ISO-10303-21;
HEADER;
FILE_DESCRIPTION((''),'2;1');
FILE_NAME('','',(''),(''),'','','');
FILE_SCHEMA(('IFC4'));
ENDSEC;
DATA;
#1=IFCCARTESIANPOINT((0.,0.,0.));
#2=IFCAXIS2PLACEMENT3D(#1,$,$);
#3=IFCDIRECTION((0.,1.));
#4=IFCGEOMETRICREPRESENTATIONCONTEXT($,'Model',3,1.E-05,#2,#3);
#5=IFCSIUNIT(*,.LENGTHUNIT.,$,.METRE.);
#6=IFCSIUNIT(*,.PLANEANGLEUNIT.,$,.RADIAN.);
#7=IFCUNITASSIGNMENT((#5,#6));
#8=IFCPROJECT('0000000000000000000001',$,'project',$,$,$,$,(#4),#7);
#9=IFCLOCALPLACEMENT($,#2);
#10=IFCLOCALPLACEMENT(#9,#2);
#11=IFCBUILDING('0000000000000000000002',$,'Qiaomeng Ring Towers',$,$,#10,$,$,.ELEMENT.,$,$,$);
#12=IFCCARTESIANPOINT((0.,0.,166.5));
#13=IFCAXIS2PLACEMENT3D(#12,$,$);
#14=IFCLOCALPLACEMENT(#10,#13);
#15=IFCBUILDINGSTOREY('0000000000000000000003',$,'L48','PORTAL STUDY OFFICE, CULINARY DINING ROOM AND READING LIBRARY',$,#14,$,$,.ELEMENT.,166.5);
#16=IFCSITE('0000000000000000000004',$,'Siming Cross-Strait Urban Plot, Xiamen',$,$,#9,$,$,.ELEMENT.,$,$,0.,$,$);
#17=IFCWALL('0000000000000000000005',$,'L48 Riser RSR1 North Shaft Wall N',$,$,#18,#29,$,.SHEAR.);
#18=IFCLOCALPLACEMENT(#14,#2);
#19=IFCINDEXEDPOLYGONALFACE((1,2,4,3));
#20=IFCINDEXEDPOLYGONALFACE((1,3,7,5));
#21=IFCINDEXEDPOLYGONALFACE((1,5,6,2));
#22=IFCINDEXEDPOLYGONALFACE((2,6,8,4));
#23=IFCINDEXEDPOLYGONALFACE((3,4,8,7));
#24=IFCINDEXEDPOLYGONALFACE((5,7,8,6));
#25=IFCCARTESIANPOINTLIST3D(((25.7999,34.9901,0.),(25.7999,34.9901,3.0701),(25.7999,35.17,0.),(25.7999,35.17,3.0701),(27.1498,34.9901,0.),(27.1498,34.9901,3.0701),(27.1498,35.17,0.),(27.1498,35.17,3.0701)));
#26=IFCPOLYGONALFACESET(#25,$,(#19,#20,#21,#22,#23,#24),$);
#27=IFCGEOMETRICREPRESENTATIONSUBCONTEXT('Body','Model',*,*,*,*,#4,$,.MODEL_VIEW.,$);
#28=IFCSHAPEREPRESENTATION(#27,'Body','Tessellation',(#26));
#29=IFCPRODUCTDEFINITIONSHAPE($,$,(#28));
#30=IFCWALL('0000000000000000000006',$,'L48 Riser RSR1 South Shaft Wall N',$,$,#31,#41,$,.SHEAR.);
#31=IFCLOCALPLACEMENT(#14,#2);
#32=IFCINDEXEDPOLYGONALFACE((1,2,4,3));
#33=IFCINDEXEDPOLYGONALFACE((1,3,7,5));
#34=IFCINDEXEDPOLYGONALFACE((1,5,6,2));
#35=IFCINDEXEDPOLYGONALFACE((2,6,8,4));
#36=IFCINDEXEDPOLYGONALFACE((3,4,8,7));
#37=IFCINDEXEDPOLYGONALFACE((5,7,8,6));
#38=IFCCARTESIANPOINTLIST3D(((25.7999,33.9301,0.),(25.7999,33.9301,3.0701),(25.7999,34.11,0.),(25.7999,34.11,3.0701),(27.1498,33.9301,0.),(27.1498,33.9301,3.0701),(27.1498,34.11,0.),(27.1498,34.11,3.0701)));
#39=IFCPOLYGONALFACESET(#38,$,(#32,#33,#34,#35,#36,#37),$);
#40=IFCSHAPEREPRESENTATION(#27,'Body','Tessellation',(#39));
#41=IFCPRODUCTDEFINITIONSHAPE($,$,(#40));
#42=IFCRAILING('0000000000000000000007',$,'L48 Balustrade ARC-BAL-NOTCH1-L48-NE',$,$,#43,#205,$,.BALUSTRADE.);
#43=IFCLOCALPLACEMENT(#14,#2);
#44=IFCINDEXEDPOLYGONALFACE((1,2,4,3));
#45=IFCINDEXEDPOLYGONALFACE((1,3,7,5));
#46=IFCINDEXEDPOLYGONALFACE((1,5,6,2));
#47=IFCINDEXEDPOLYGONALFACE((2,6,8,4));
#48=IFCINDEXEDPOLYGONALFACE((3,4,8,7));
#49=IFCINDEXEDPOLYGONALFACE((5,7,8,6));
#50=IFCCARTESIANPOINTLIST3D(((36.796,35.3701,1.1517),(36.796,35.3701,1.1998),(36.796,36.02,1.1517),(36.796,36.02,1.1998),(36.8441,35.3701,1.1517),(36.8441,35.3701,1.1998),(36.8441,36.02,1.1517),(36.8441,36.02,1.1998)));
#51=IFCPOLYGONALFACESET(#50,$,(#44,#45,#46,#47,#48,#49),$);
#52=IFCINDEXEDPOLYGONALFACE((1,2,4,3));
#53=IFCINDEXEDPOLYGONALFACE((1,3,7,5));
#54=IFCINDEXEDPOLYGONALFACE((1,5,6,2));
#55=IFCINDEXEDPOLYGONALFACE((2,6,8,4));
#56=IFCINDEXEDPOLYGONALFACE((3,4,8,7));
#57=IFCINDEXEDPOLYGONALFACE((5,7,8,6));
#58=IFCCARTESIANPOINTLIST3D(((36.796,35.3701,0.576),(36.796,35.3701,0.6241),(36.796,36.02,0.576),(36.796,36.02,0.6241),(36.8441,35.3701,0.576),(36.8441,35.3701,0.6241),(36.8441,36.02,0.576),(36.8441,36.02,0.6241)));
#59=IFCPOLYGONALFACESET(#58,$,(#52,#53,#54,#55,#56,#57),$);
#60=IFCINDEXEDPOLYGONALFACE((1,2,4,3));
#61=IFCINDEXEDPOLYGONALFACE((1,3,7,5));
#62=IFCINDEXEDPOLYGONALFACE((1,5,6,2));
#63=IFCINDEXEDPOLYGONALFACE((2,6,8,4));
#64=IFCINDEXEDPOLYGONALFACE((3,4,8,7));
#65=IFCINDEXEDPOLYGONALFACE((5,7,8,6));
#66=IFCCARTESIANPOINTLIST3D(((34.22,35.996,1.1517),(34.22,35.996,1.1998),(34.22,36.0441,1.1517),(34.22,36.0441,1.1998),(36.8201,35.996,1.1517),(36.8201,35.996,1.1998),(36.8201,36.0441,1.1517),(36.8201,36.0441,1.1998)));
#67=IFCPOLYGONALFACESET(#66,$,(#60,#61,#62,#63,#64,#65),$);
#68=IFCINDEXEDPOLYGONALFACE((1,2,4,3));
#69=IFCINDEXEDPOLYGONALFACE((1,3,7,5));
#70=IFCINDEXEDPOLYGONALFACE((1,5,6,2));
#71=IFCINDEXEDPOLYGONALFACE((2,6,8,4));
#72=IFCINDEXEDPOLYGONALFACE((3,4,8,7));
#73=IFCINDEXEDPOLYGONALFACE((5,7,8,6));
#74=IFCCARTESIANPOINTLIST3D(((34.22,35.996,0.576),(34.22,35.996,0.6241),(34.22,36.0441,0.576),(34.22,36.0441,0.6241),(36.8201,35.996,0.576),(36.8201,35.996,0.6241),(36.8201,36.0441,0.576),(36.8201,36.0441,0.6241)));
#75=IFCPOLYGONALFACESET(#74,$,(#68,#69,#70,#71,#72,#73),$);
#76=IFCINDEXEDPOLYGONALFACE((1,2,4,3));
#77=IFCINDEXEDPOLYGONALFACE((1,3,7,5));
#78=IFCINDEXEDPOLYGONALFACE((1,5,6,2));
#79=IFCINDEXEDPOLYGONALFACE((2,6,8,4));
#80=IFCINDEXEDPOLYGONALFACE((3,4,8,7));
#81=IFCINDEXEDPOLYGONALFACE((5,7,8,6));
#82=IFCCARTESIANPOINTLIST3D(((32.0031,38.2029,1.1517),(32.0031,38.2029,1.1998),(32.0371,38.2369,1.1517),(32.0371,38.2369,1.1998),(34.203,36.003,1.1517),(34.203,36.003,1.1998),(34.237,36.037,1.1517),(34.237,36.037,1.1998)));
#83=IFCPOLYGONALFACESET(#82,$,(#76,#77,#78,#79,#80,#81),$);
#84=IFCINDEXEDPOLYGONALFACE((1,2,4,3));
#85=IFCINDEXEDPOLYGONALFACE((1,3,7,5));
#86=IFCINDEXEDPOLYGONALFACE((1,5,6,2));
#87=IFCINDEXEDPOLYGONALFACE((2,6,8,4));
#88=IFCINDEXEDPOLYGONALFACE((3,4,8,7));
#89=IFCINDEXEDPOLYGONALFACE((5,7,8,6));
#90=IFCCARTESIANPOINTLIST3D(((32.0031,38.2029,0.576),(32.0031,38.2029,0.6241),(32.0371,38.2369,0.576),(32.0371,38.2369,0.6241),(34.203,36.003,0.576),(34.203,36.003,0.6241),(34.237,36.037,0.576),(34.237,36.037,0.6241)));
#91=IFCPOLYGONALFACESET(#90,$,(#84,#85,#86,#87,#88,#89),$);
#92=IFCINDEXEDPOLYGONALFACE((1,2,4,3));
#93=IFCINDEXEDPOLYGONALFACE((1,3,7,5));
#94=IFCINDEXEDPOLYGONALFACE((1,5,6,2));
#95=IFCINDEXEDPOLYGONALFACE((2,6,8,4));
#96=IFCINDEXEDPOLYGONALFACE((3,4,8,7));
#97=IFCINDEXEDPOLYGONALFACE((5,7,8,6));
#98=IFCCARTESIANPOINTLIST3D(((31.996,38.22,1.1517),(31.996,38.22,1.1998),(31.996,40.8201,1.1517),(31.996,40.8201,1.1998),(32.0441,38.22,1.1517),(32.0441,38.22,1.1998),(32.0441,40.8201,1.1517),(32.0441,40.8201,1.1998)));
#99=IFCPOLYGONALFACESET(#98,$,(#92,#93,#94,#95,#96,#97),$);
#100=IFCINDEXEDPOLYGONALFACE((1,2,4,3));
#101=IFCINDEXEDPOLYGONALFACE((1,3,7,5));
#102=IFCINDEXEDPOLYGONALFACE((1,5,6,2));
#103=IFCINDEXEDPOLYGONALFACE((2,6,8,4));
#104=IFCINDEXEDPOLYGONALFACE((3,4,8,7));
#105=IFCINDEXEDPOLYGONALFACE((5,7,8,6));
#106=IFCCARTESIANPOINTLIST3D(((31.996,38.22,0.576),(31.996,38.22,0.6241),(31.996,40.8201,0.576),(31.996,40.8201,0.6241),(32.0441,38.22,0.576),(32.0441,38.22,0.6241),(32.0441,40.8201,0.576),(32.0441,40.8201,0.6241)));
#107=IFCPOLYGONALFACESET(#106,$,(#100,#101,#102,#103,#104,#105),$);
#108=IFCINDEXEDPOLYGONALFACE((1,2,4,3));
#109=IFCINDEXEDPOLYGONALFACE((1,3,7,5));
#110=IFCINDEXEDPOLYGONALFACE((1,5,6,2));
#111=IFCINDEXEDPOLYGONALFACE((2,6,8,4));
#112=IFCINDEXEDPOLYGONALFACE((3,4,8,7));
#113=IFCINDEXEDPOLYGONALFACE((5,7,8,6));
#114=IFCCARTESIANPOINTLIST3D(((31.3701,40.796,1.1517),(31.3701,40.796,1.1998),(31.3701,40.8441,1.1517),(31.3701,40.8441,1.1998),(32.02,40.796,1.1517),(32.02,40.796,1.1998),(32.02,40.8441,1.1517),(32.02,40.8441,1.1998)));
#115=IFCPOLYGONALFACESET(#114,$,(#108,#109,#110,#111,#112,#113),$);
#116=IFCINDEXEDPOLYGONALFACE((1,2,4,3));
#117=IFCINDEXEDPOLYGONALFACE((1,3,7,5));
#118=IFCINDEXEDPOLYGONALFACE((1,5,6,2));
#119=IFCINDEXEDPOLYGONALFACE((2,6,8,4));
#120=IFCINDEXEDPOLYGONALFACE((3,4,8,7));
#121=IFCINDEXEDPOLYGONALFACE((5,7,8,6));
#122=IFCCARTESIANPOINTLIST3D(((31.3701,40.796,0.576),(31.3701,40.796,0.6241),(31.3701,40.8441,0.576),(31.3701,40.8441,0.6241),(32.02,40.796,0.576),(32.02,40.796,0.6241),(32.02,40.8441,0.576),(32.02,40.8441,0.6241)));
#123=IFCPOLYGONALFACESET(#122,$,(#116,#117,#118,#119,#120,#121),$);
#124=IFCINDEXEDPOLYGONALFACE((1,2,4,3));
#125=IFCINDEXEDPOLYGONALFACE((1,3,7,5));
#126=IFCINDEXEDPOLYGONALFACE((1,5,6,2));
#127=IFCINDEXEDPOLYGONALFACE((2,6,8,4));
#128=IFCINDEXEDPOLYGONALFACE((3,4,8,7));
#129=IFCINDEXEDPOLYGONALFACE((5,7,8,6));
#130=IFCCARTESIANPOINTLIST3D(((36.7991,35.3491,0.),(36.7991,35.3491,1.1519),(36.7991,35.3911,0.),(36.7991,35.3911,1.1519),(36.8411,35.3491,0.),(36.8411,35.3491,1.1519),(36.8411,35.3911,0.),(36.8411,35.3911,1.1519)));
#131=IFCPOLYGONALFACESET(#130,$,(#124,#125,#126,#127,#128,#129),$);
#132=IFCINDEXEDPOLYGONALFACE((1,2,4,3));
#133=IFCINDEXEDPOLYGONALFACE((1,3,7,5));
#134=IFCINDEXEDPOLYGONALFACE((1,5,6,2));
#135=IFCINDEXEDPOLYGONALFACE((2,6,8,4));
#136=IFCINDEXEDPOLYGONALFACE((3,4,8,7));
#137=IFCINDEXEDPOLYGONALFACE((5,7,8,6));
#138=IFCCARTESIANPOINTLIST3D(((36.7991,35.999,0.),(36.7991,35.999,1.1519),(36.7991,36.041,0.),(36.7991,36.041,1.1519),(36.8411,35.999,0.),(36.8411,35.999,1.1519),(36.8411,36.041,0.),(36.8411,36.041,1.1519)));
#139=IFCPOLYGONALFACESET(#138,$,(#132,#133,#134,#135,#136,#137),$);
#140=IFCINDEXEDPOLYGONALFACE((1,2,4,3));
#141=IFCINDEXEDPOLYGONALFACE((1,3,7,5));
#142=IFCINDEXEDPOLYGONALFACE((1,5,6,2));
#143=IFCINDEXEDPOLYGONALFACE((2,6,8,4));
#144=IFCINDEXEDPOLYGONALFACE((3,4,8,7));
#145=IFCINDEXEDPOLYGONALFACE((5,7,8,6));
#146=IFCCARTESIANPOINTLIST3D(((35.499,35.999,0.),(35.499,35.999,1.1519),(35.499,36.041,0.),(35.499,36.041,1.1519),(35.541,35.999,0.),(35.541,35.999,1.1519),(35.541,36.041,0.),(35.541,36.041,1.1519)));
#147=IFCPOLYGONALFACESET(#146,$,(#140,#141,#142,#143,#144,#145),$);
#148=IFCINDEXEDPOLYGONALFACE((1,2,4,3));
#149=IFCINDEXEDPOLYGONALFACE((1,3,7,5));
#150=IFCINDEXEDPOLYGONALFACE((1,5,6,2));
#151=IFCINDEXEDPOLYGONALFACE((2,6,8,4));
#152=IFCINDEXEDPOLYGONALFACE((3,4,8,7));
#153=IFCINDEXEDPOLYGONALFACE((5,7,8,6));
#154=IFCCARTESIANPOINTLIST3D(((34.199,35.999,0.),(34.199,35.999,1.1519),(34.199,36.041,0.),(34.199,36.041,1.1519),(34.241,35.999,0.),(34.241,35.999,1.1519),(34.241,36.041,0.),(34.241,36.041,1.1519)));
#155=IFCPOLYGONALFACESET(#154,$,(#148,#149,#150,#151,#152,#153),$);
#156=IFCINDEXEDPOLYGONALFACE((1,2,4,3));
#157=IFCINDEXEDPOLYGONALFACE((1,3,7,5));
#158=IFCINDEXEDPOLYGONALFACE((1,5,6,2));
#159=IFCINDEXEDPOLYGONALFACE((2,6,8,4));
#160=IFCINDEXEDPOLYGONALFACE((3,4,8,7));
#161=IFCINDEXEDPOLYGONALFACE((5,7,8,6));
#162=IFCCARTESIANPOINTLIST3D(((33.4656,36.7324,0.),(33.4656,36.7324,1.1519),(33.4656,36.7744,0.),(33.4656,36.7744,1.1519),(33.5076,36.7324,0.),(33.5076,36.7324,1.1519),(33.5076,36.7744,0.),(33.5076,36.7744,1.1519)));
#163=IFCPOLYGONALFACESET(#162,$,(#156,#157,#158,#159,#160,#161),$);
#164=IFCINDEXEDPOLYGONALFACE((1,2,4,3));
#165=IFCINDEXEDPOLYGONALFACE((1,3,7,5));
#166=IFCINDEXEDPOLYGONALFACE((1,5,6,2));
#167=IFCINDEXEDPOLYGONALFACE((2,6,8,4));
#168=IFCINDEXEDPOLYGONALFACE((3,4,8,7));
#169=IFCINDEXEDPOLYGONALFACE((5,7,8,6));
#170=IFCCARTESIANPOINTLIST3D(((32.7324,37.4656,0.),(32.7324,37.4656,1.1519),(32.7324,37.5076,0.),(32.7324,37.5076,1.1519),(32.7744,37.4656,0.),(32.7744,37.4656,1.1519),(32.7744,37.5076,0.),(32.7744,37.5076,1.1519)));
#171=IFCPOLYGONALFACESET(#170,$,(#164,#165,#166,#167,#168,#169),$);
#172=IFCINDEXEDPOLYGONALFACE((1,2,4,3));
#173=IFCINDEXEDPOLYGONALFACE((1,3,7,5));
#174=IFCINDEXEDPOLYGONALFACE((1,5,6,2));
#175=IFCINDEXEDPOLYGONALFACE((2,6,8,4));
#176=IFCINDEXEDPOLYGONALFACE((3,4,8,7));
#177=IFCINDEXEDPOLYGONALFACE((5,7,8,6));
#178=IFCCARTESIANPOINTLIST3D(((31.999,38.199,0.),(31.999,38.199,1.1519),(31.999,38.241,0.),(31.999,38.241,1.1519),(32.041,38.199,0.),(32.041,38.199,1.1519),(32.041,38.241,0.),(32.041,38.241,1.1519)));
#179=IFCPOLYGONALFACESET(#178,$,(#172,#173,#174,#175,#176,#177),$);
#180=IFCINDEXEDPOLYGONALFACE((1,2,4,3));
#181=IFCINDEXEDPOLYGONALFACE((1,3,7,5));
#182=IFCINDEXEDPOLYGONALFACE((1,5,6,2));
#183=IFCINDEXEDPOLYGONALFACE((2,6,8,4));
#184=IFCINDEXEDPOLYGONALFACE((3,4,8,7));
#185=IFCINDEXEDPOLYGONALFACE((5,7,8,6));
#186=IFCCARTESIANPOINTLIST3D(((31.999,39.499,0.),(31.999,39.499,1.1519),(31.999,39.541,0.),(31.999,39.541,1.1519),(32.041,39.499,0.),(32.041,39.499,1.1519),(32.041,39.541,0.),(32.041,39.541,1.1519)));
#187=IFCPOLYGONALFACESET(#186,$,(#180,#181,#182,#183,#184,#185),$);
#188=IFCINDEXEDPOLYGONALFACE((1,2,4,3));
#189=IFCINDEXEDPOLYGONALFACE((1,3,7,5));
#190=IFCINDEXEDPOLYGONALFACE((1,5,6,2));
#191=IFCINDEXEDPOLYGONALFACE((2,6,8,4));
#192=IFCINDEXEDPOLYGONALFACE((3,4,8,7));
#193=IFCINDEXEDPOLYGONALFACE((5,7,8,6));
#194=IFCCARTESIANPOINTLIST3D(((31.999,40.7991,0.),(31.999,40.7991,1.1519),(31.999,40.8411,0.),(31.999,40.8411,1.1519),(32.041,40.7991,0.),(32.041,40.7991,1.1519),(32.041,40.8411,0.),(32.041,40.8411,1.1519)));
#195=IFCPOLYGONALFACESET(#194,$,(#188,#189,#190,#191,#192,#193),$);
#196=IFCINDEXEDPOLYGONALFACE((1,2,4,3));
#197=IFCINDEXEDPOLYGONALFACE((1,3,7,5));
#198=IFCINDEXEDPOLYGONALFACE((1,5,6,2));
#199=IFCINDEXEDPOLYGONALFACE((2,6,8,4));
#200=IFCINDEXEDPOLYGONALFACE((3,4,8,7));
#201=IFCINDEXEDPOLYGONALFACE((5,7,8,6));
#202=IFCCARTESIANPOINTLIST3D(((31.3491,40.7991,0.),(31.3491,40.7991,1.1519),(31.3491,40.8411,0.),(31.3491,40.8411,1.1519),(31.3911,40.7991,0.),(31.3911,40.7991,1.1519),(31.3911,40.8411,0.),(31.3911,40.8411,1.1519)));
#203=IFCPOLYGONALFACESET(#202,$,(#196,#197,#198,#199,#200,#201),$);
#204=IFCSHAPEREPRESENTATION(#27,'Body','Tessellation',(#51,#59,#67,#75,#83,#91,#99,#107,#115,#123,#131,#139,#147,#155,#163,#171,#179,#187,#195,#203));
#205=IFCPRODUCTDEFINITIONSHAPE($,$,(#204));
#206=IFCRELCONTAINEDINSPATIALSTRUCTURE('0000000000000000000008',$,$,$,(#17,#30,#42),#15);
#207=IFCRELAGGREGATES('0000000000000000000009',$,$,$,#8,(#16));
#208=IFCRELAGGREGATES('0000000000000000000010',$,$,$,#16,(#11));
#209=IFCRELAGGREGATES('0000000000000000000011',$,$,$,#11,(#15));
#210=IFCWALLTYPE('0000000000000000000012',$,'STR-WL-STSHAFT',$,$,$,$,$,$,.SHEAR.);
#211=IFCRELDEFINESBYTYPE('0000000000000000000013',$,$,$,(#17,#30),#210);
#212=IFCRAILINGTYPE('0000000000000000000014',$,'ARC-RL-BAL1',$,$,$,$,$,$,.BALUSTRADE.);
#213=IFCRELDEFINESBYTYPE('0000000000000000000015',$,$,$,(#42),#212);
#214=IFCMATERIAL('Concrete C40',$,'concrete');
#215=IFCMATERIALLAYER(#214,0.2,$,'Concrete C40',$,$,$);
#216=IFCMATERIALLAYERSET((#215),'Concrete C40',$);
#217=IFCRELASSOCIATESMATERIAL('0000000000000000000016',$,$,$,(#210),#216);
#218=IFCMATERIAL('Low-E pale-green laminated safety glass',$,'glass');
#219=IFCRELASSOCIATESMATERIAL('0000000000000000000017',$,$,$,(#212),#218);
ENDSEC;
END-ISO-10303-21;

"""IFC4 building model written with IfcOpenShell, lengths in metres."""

from ifc_helpers import new_model, si_unit, direction, frame, frame_2d, origin, origin_2d, place, context, subcontext, project, spatial, rectangle, extrude, material, layer, layer_set, type_object, element, save


model = new_model("IFC4")

# Units and contexts
model_context = context("Model", 3, precision=1e-05, world=origin(), true_north=direction((0.0, 1.0)))
body_context = subcontext(model_context, "Body", "Model", "MODEL_VIEW")
ifc_project = project(units=[si_unit("LENGTHUNIT", "METRE"), si_unit("PLANEANGLEUNIT", "RADIAN")], contexts=[model_context])

# Site, building, storey
site_placement = place(None, origin())
site = spatial("IfcSite", under=ifc_project, at=site_placement, Name="Siming Cross-Strait Urban Plot, Xiamen", CompositionType="ELEMENT", RefElevation=0.0)
building_placement = place(site_placement, origin())
building = spatial("IfcBuilding", under=site, at=building_placement, Name="Qiaomeng Ring Towers", CompositionType="ELEMENT")
storey_placement = place(building_placement, frame((0.0, 0.0, 166.5)))
storey = spatial("IfcBuildingStorey", under=building, at=storey_placement, Name="L48", Description="PORTAL STUDY OFFICE, CULINARY DINING ROOM AND READING LIBRARY", CompositionType="ELEMENT", Elevation=166.5)

# Walls
ifc_material_1 = material(Name="Concrete C40", Category="concrete")
ifc_layer_1 = layer(ifc_material_1, 0.2, Name="Concrete C40")
ifc_layer_set_1 = layer_set([ifc_layer_1], Name="Concrete C40")
wall_type_1 = type_object("IfcWallType", Name="STR-WL-STSHAFT", PredefinedType="SHEAR", material=ifc_layer_set_1)
for number, where, z_axis, x_axis, name in (
    (1, (25.8, 35.0801, 0.0), (0.0, 0.0, 1.0), (1.0, 0.0, 0.0), "L48 Riser RSR1 North Shaft Wall N"),
    (2, (25.8, 34.02, 0.0), (0.0, 0.0, 1.0), (1.0, 0.0, 0.0), "L48 Riser RSR1 South Shaft Wall N"),
):
    element("IfcWall", number, at=place(storey_placement, frame(where, z_axis=z_axis, x_axis=x_axis)), inside=storey, type_object=wall_type_1, Name=name, PredefinedType="SHEAR", context=body_context, shape_type="SweptSolid", body=[
        extrude(rectangle(XDim=1.3499, YDim=0.1799, at=frame_2d((0.6748, 0.0))), origin(), (0.0, 0.0, 1.0), 3.0701),
    ])

# Railing
ifc_material_2 = material(Name="Low-E pale-green laminated safety glass", Category="glass")
railing_type = type_object("IfcRailingType", Name="ARC-RL-BAL1", PredefinedType="BALUSTRADE", material=ifc_material_2)
railing_placement = place(storey_placement, frame((36.8201, 35.3701, 0.0)))
element("IfcRailing", 3, at=railing_placement, inside=storey, type_object=railing_type, Name="L48 Balustrade ARC-BAL-NOTCH1-L48-NE", PredefinedType="BALUSTRADE", context=body_context, shape_type="SweptSolid", body=[
    extrude(rectangle(XDim=0.0481, YDim=0.0481, at=origin_2d()), frame((0.0, 0.0, 1.1758), z_axis=(0.0, 1.0, 0.0), x_axis=(-1.0, 0.0, 0.0)), (0.0, 0.0, 1.0), 0.6499),
    extrude(rectangle(XDim=0.0481, YDim=0.0481, at=origin_2d()), frame((0.0, 0.0, 0.6001), z_axis=(0.0, 1.0, 0.0), x_axis=(-1.0, 0.0, 0.0)), (0.0, 0.0, 1.0), 0.6499),
    extrude(rectangle(XDim=0.0481, YDim=0.0481, at=origin_2d()), frame((0.0, 0.6499, 1.1758), z_axis=(-1.0, 0.0, 0.0), x_axis=(0.0, -1.0, 0.0)), (0.0, 0.0, 1.0), 2.6001),
    extrude(rectangle(XDim=0.0481, YDim=0.0481, at=origin_2d()), frame((0.0, 0.6499, 0.6001), z_axis=(-1.0, 0.0, 0.0), x_axis=(0.0, -1.0, 0.0)), (0.0, 0.0, 1.0), 2.6001),
    extrude(rectangle(XDim=0.0481, YDim=0.0481, at=origin_2d()), frame((-2.6001, 0.6499, 1.1758), z_axis=(-0.707107, 0.707107, 0.0), x_axis=(-0.707107, -0.707107, 0.0)), (0.0, 0.0, 1.0), 3.1111),
    extrude(rectangle(XDim=0.0481, YDim=0.0481, at=origin_2d()), frame((-2.6001, 0.6499, 0.6001), z_axis=(-0.707107, 0.707107, 0.0), x_axis=(-0.707107, -0.707107, 0.0)), (0.0, 0.0, 1.0), 3.1111),
    extrude(rectangle(XDim=0.0481, YDim=0.0481, at=origin_2d()), frame((-4.8, 2.8499, 1.1758), z_axis=(0.0, 1.0, 0.0), x_axis=(-1.0, 0.0, 0.0)), (0.0, 0.0, 1.0), 2.6001),
    extrude(rectangle(XDim=0.0481, YDim=0.0481, at=origin_2d()), frame((-4.8, 2.8499, 0.6001), z_axis=(0.0, 1.0, 0.0), x_axis=(-1.0, 0.0, 0.0)), (0.0, 0.0, 1.0), 2.6001),
    extrude(rectangle(XDim=0.0481, YDim=0.0481, at=origin_2d()), frame((-4.8, 5.45, 1.1758), z_axis=(-1.0, 0.0, 0.0), x_axis=(0.0, -1.0, 0.0)), (0.0, 0.0, 1.0), 0.6499),
    extrude(rectangle(XDim=0.0481, YDim=0.0481, at=origin_2d()), frame((-4.8, 5.45, 0.6001), z_axis=(-1.0, 0.0, 0.0), x_axis=(0.0, -1.0, 0.0)), (0.0, 0.0, 1.0), 0.6499),
    extrude(rectangle(XDim=0.042, YDim=0.042, at=origin_2d()), origin(), (0.0, 0.0, 1.0), 1.1519),
    extrude(rectangle(XDim=0.042, YDim=0.042, at=origin_2d()), frame((0.0, 0.6499, 0.0)), (0.0, 0.0, 1.0), 1.1519),
    extrude(rectangle(XDim=0.042, YDim=0.042, at=origin_2d()), frame((-1.3, 0.6499, 0.0)), (0.0, 0.0, 1.0), 1.1519),
    extrude(rectangle(XDim=0.042, YDim=0.042, at=origin_2d()), frame((-2.6001, 0.6499, 0.0)), (0.0, 0.0, 1.0), 1.1519),
    extrude(rectangle(XDim=0.042, YDim=0.042, at=origin_2d()), frame((-3.3335, 1.3833, 0.0)), (0.0, 0.0, 1.0), 1.1519),
    extrude(rectangle(XDim=0.042, YDim=0.042, at=origin_2d()), frame((-4.0667, 2.1165, 0.0)), (0.0, 0.0, 1.0), 1.1519),
    extrude(rectangle(XDim=0.042, YDim=0.042, at=origin_2d()), frame((-4.8, 2.8499, 0.0)), (0.0, 0.0, 1.0), 1.1519),
    extrude(rectangle(XDim=0.042, YDim=0.042, at=origin_2d()), frame((-4.8, 4.1499, 0.0)), (0.0, 0.0, 1.0), 1.1519),
    extrude(rectangle(XDim=0.042, YDim=0.042, at=origin_2d()), frame((-4.8, 5.45, 0.0)), (0.0, 0.0, 1.0), 1.1519),
    extrude(rectangle(XDim=0.042, YDim=0.042, at=origin_2d()), frame((-5.45, 5.45, 0.0)), (0.0, 0.0, 1.0), 1.1519),
])

save(model, "model.ifc")
